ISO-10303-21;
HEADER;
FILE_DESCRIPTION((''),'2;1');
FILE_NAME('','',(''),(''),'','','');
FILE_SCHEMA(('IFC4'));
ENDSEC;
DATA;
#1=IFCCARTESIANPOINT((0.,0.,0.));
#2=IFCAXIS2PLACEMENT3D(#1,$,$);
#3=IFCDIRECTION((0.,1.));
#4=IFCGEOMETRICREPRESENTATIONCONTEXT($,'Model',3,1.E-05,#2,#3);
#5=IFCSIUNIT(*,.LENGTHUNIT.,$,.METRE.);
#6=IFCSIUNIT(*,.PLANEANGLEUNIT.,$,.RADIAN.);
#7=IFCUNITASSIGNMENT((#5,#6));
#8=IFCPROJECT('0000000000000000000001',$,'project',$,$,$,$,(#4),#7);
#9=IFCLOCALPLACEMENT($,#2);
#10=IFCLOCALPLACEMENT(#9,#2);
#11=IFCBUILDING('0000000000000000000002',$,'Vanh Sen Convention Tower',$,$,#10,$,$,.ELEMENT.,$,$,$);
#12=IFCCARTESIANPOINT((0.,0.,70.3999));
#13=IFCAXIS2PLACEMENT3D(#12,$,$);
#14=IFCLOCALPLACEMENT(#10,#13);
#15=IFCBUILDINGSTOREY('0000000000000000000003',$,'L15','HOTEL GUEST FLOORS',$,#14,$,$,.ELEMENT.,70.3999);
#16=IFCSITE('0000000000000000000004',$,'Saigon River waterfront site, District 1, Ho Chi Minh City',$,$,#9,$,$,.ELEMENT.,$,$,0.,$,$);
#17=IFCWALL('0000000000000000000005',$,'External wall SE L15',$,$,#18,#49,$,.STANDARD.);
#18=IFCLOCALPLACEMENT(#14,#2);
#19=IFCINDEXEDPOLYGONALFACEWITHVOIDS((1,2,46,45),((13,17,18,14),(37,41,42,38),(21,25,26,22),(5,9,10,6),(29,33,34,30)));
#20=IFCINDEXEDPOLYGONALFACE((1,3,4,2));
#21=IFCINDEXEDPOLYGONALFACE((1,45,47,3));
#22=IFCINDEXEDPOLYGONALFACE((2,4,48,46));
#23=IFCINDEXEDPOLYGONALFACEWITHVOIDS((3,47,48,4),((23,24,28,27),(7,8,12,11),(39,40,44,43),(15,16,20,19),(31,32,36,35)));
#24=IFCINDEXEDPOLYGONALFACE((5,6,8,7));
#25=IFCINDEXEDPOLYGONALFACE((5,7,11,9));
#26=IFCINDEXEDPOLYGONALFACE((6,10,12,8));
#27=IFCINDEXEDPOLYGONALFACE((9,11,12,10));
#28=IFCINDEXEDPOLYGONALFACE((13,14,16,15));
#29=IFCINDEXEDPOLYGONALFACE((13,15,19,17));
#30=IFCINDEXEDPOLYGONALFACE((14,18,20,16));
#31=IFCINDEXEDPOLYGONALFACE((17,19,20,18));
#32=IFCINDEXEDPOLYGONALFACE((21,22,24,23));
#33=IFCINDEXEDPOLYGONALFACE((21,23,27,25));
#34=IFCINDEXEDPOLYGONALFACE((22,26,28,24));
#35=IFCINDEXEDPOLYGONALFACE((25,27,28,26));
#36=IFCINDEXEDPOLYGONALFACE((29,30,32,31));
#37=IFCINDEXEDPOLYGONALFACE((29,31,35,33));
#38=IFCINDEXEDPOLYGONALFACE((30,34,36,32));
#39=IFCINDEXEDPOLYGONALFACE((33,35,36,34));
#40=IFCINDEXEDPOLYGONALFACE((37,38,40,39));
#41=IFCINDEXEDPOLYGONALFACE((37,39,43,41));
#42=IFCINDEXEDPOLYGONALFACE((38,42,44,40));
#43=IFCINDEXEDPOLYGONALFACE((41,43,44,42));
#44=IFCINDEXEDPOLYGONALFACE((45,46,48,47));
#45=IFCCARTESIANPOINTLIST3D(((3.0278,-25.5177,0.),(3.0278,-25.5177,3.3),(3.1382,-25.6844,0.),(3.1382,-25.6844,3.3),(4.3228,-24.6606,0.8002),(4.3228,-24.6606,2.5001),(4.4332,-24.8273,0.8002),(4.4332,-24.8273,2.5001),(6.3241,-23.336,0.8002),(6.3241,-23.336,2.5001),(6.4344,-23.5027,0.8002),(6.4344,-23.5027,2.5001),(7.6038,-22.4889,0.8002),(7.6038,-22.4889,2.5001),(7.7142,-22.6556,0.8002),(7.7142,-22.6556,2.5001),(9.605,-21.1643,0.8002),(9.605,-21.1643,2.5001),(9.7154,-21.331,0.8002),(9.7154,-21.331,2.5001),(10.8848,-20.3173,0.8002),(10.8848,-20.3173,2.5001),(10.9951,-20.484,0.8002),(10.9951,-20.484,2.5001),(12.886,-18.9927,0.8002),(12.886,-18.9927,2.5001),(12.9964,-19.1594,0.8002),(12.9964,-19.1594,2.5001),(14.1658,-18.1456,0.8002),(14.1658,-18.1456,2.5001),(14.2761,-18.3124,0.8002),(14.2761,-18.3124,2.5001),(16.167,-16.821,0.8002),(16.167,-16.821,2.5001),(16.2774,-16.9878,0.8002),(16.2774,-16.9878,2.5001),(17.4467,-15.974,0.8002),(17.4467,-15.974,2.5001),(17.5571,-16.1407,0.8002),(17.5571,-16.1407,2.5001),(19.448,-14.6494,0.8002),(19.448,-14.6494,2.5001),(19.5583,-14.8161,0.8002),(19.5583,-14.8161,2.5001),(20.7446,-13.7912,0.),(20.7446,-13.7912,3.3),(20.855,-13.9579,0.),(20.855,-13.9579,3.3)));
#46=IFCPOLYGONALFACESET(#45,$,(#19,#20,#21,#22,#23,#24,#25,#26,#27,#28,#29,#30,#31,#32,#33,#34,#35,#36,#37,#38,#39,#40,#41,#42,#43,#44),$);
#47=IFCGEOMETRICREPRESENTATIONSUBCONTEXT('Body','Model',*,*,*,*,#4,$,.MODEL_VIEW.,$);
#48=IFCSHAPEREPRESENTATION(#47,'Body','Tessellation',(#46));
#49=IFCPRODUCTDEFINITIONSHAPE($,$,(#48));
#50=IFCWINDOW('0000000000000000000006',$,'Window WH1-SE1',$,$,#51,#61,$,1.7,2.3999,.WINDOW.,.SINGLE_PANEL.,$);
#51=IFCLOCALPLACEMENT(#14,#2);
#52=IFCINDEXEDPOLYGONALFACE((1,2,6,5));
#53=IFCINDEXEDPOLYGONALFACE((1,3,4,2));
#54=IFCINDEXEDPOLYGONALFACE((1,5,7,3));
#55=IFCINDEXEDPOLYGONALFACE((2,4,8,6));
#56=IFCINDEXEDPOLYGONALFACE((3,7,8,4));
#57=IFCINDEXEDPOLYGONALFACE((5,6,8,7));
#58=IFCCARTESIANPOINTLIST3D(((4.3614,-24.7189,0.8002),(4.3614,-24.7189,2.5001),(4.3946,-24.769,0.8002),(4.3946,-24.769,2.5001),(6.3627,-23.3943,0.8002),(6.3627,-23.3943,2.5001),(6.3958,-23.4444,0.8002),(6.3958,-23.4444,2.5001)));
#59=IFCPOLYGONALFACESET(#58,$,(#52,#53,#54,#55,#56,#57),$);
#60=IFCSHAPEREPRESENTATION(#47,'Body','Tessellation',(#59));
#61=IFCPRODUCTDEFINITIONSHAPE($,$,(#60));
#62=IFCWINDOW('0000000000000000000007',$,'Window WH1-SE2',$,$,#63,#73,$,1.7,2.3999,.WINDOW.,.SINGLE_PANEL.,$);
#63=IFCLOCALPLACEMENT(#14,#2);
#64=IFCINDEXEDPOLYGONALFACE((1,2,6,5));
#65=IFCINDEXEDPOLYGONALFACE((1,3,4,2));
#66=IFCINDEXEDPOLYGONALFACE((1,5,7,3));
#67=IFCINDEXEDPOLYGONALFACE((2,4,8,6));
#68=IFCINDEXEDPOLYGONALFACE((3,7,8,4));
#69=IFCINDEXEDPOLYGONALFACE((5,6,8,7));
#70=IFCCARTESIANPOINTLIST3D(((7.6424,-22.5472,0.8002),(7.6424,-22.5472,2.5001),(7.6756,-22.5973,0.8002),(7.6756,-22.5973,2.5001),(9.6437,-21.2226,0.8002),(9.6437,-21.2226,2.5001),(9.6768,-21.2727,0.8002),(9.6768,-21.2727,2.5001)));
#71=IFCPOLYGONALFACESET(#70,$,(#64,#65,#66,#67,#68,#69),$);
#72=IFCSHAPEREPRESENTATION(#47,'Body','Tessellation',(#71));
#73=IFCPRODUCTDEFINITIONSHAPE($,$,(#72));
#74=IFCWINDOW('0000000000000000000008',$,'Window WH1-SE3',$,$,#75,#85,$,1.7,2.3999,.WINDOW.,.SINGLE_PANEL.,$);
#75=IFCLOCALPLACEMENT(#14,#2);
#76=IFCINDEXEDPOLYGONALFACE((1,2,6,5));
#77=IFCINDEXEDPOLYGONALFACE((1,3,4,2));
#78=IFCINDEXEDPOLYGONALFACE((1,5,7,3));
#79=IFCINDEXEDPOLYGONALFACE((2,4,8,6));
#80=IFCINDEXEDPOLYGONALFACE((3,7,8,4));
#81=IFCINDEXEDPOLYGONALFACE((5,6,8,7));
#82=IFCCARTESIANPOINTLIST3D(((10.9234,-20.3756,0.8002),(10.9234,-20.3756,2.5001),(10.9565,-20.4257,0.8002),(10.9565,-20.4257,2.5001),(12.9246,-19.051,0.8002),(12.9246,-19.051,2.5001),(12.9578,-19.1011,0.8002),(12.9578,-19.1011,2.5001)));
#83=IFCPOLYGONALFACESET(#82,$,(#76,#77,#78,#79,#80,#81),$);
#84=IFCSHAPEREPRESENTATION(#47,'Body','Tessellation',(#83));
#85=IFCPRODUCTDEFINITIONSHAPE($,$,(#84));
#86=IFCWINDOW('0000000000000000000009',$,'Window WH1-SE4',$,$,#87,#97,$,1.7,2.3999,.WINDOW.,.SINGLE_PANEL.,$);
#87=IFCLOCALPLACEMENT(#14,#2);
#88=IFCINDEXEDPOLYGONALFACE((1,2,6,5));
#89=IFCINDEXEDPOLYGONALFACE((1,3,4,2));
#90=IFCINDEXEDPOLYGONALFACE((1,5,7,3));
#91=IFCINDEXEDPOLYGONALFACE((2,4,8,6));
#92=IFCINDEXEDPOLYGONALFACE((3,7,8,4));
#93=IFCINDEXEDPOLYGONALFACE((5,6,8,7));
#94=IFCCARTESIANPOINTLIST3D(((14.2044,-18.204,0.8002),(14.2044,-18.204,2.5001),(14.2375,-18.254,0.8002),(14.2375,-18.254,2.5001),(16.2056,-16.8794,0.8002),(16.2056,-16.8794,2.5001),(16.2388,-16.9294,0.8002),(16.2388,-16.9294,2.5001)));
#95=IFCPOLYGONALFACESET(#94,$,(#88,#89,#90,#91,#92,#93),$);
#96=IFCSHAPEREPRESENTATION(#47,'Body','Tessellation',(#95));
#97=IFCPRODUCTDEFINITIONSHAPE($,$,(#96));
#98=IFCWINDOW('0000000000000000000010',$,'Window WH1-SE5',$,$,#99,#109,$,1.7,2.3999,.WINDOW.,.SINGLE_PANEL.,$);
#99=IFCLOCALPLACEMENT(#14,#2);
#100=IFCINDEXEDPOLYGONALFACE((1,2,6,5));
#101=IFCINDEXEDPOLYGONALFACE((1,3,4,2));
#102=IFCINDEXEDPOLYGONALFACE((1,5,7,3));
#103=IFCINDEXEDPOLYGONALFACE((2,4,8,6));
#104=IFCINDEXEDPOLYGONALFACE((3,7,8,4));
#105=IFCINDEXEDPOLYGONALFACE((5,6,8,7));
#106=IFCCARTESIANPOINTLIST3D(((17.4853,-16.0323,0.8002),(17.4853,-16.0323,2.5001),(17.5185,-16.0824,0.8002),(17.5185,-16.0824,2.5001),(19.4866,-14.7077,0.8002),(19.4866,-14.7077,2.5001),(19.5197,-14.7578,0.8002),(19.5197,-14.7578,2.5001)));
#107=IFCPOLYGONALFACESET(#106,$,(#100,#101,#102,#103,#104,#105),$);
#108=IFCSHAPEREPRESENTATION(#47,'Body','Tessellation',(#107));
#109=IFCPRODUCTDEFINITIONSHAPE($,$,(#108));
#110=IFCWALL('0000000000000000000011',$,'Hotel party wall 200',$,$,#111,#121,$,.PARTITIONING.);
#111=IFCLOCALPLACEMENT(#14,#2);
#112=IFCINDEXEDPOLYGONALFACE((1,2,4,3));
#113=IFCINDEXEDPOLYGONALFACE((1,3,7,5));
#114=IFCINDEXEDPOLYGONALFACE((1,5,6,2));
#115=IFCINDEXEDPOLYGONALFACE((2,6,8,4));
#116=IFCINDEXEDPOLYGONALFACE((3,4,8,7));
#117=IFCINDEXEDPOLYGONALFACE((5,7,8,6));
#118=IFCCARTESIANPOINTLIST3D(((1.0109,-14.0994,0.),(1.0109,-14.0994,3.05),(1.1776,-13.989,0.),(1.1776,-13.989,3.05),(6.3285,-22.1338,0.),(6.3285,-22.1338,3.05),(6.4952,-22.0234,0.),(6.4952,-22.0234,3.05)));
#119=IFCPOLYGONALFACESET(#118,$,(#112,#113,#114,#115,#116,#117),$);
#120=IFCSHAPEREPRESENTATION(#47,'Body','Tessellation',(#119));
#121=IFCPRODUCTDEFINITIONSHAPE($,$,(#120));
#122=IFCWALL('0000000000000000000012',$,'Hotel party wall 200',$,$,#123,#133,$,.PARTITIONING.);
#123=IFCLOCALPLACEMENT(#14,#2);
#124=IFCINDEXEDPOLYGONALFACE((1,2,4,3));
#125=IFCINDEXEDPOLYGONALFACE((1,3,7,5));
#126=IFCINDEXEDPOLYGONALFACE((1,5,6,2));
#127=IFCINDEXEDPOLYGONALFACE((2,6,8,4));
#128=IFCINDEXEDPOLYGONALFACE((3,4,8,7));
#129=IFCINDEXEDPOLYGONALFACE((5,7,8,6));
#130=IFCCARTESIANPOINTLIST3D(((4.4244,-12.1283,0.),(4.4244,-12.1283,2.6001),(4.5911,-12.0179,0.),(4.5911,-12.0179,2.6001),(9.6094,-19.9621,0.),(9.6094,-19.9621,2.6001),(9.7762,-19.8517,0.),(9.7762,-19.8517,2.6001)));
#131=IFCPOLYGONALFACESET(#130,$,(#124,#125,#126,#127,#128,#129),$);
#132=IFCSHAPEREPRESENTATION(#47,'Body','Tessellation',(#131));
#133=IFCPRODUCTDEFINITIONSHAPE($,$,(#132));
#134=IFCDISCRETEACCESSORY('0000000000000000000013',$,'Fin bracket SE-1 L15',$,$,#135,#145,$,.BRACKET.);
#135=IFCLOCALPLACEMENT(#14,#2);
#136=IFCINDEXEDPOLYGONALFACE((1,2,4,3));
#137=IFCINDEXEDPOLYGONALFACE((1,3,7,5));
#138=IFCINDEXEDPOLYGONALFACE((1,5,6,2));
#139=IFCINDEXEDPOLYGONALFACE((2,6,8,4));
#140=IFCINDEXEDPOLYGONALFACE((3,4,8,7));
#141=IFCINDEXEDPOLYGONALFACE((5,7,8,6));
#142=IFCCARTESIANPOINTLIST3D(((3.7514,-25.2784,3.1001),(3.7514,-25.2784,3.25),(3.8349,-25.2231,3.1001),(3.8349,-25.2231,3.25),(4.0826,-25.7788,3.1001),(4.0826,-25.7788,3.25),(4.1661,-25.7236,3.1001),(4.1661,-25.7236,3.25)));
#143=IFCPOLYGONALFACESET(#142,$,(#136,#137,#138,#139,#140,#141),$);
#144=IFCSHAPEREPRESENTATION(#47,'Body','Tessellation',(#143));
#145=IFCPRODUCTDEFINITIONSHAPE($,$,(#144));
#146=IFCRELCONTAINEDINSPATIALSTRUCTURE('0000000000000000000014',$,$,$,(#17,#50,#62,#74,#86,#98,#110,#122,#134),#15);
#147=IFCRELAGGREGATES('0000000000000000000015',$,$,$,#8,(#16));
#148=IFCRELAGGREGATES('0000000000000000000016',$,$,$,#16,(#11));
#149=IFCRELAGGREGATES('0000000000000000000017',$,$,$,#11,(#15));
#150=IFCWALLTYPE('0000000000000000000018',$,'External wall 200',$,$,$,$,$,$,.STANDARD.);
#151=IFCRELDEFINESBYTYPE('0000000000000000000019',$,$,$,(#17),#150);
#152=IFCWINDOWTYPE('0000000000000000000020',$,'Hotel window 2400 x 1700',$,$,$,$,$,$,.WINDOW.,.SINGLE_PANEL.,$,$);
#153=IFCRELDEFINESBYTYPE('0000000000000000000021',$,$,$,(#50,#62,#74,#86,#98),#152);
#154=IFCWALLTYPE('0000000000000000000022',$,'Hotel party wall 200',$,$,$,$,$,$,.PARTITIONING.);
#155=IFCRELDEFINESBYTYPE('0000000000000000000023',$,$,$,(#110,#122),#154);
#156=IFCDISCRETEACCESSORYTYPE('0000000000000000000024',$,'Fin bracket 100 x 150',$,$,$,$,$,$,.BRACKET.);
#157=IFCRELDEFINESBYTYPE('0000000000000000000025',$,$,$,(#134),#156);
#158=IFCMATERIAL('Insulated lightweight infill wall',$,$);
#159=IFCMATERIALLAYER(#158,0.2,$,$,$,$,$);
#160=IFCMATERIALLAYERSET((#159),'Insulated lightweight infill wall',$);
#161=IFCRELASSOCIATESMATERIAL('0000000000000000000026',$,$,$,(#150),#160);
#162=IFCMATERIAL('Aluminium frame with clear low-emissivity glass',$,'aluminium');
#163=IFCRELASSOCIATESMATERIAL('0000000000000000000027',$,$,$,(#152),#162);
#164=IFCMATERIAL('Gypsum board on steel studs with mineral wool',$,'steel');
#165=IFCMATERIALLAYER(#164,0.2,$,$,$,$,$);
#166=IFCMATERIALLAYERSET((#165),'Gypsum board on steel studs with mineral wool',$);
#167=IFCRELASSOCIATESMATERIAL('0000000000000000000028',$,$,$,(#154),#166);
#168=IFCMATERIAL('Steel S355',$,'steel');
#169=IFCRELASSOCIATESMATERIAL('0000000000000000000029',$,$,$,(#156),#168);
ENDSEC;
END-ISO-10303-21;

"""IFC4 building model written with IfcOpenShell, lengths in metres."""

from ifc_helpers import new_model, si_unit, direction, frame, frame_2d, origin, origin_2d, place, context, subcontext, project, spatial, rectangle, extrude, material, layer, layer_set, type_object, element, fill, save


model = new_model("IFC4")

# Units and contexts
model_context = context("Model", 3, precision=1e-05, world=origin(), true_north=direction((0.0, 1.0)))
body_context = subcontext(model_context, "Body", "Model", "MODEL_VIEW")
ifc_project = project(units=[si_unit("LENGTHUNIT", "METRE"), si_unit("PLANEANGLEUNIT", "RADIAN")], contexts=[model_context])

# Site, building, storey
site_placement = place(None, origin())
site = spatial("IfcSite", under=ifc_project, at=site_placement, Name="Saigon River waterfront site, District 1, Ho Chi Minh City", CompositionType="ELEMENT", RefElevation=0.0)
building_placement = place(site_placement, origin())
building = spatial("IfcBuilding", under=site, at=building_placement, Name="Vanh Sen Convention Tower", CompositionType="ELEMENT")
storey_placement = place(building_placement, frame((0.0, 0.0, 70.3999)))
storey = spatial("IfcBuildingStorey", under=building, at=storey_placement, Name="L15", Description="HOTEL GUEST FLOORS", CompositionType="ELEMENT", Elevation=70.3999)

# Shared definitions
ifc_material_1 = material(Name="Gypsum board on steel studs with mineral wool", Category="steel")

# Wall, openings, windows
ifc_material_2 = material(Name="Insulated lightweight infill wall")
ifc_layer_1 = layer(ifc_material_2, 0.2)
ifc_layer_set_1 = layer_set([ifc_layer_1], Name="Insulated lightweight infill wall")
wall_type_1 = type_object("IfcWallType", Name="External wall 200", PredefinedType="STANDARD", material=ifc_layer_set_1)
wall_1_placement = place(storey_placement, frame((3.083, -25.6011, 0.0), z_axis=(0.0, 0.0, 1.0), x_axis=(0.833884, 0.551939, 0.0)))
wall_1 = element("IfcWall", 1, at=wall_1_placement, inside=storey, type_object=wall_type_1, Name="External wall SE L15", PredefinedType="STANDARD", context=body_context, shape_type="SweptSolid", body=[
    extrude(rectangle(XDim=21.2461, YDim=0.2, at=frame_2d((10.623, 0.0))), origin(), (0.0, 0.0, 1.0), 3.3),
])
opening_1_placement = place(wall_1_placement, frame((1.553, 0.0, 0.8)))
opening_1 = element("IfcOpeningElement", 2, at=opening_1_placement, cuts=wall_1, PredefinedType="OPENING", context=body_context, shape_type="SweptSolid", body=[
    extrude(rectangle(XDim=2.3999, YDim=1.7, at=frame_2d((1.2, 0.8501))), frame((0.0, 0.1099, 0.0), z_axis=(0.0, -1.0, 0.0), x_axis=(1.0, 0.0, 0.0)), (0.0, 0.0, 1.0), 0.22),
])
opening_2_placement = place(wall_1_placement, frame((5.4875, 0.0, 0.8)))
opening_2 = element("IfcOpeningElement", 3, at=opening_2_placement, cuts=wall_1, PredefinedType="OPENING", context=body_context, shape_type="SweptSolid", body=[
    extrude(rectangle(XDim=2.3999, YDim=1.7, at=frame_2d((1.2, 0.8501))), frame((0.0, 0.1099, 0.0), z_axis=(0.0, -1.0, 0.0), x_axis=(1.0, 0.0, 0.0)), (0.0, 0.0, 1.0), 0.22),
])
opening_3_placement = place(wall_1_placement, frame((9.4221, 0.0, 0.8)))
opening_3 = element("IfcOpeningElement", 4, at=opening_3_placement, cuts=wall_1, PredefinedType="OPENING", context=body_context, shape_type="SweptSolid", body=[
    extrude(rectangle(XDim=2.3999, YDim=1.7, at=frame_2d((1.2, 0.8501))), frame((0.0, 0.1099, 0.0), z_axis=(0.0, -1.0, 0.0), x_axis=(1.0, 0.0, 0.0)), (0.0, 0.0, 1.0), 0.22),
])
opening_4_placement = place(wall_1_placement, frame((13.3567, 0.0, 0.8)))
opening_4 = element("IfcOpeningElement", 5, at=opening_4_placement, cuts=wall_1, PredefinedType="OPENING", context=body_context, shape_type="SweptSolid", body=[
    extrude(rectangle(XDim=2.3999, YDim=1.7, at=frame_2d((1.2, 0.8501))), frame((0.0, 0.1099, 0.0), z_axis=(0.0, -1.0, 0.0), x_axis=(1.0, 0.0, 0.0)), (0.0, 0.0, 1.0), 0.22),
])
opening_5_placement = place(wall_1_placement, frame((17.2913, 0.0, 0.8)))
opening_5 = element("IfcOpeningElement", 6, at=opening_5_placement, cuts=wall_1, PredefinedType="OPENING", context=body_context, shape_type="SweptSolid", body=[
    extrude(rectangle(XDim=2.3999, YDim=1.7, at=frame_2d((1.2, 0.8501))), frame((0.0, 0.1099, 0.0), z_axis=(0.0, -1.0, 0.0), x_axis=(1.0, 0.0, 0.0)), (0.0, 0.0, 1.0), 0.22),
])
ifc_material_3 = material(Name="Aluminium frame with clear low-emissivity glass", Category="aluminium")
window_type = type_object("IfcWindowType", Name="Hotel window 2400 x 1700", PartitioningType="SINGLE_PANEL", PredefinedType="WINDOW", material=ifc_material_3)
window_1_placement = place(opening_1_placement, origin())
window_1 = element("IfcWindow", 7, at=window_1_placement, inside=storey, type_object=window_type, Name="Window WH1-SE1", OverallHeight=1.7, OverallWidth=2.3999, PartitioningType="SINGLE_PANEL", PredefinedType="WINDOW", context=body_context, shape_type="SweptSolid", body=[
    extrude(rectangle(XDim=2.3999, YDim=1.7, at=frame_2d((1.2, 0.8501))), frame((0.0, 0.03, 0.0), z_axis=(0.0, -1.0, 0.0), x_axis=(1.0, 0.0, 0.0)), (0.0, 0.0, 1.0), 0.0601),
])
fill(opening_1, window_1)
window_2_placement = place(opening_2_placement, origin())
window_2 = element("IfcWindow", 8, at=window_2_placement, inside=storey, type_object=window_type, Name="Window WH1-SE2", OverallHeight=1.7, OverallWidth=2.3999, PartitioningType="SINGLE_PANEL", PredefinedType="WINDOW", context=body_context, shape_type="SweptSolid", body=[
    extrude(rectangle(XDim=2.3999, YDim=1.7, at=frame_2d((1.2, 0.8501))), frame((0.0, 0.03, 0.0), z_axis=(0.0, -1.0, 0.0), x_axis=(1.0, 0.0, 0.0)), (0.0, 0.0, 1.0), 0.0601),
])
fill(opening_2, window_2)
window_3_placement = place(opening_3_placement, origin())
window_3 = element("IfcWindow", 9, at=window_3_placement, inside=storey, type_object=window_type, Name="Window WH1-SE3", OverallHeight=1.7, OverallWidth=2.3999, PartitioningType="SINGLE_PANEL", PredefinedType="WINDOW", context=body_context, shape_type="SweptSolid", body=[
    extrude(rectangle(XDim=2.3999, YDim=1.7, at=frame_2d((1.2, 0.8501))), frame((0.0, 0.03, 0.0), z_axis=(0.0, -1.0, 0.0), x_axis=(1.0, 0.0, 0.0)), (0.0, 0.0, 1.0), 0.0601),
])
fill(opening_3, window_3)
window_4_placement = place(opening_4_placement, origin())
window_4 = element("IfcWindow", 10, at=window_4_placement, inside=storey, type_object=window_type, Name="Window WH1-SE4", OverallHeight=1.7, OverallWidth=2.3999, PartitioningType="SINGLE_PANEL", PredefinedType="WINDOW", context=body_context, shape_type="SweptSolid", body=[
    extrude(rectangle(XDim=2.3999, YDim=1.7, at=frame_2d((1.2, 0.8501))), frame((0.0, 0.03, 0.0), z_axis=(0.0, -1.0, 0.0), x_axis=(1.0, 0.0, 0.0)), (0.0, 0.0, 1.0), 0.0601),
])
fill(opening_4, window_4)
window_5_placement = place(opening_5_placement, origin())
window_5 = element("IfcWindow", 11, at=window_5_placement, inside=storey, type_object=window_type, Name="Window WH1-SE5", OverallHeight=1.7, OverallWidth=2.3999, PartitioningType="SINGLE_PANEL", PredefinedType="WINDOW", context=body_context, shape_type="SweptSolid", body=[
    extrude(rectangle(XDim=2.3999, YDim=1.7, at=frame_2d((1.2, 0.8501))), frame((0.0, 0.03, 0.0), z_axis=(0.0, -1.0, 0.0), x_axis=(1.0, 0.0, 0.0)), (0.0, 0.0, 1.0), 0.0601),
])
fill(opening_5, window_5)

# Walls
ifc_layer_2 = layer(ifc_material_1, 0.2)
ifc_layer_set_2 = layer_set([ifc_layer_2], Name="Gypsum board on steel studs with mineral wool")
wall_type_2 = type_object("IfcWallType", Name="Hotel party wall 200", PredefinedType="PARTITIONING", material=ifc_layer_set_2)
wall_2_placement = place(storey_placement, frame((6.4119, -22.0786, 0.0), z_axis=(0.0, 0.0, 1.0), x_axis=(-0.55192, 0.833897, 0.0)))
element("IfcWall", 12, at=wall_2_placement, inside=storey, type_object=wall_type_2, Name="Hotel party wall 200", PredefinedType="PARTITIONING", context=body_context, shape_type="SweptSolid", body=[
    extrude(rectangle(XDim=9.6348, YDim=0.2, at=frame_2d((4.8174, 0.0))), origin(), (0.0, 0.0, 1.0), 3.05),
])
wall_3_placement = place(storey_placement, frame((9.6929, -19.907, 0.0), z_axis=(0.0, 0.0, 1.0), x_axis=(-0.551938, 0.833885, 0.0)))
element("IfcWall", 13, at=wall_3_placement, inside=storey, type_object=wall_type_2, Name="Hotel party wall 200", PredefinedType="PARTITIONING", context=body_context, shape_type="SweptSolid", body=[
    extrude(rectangle(XDim=9.3943, YDim=0.2, at=frame_2d((4.6973, 0.0))), origin(), (0.0, 0.0, 1.0), 2.6001),
])

# Discrete accessory
ifc_material_4 = material(Name="Steel S355", Category="steel")
discrete_accessory_type = type_object("IfcDiscreteAccessoryType", Name="Fin bracket 100 x 150", PredefinedType="BRACKET", material=ifc_material_4)
discrete_accessory_placement = place(storey_placement, frame((3.9587, -25.501, 3.1001), z_axis=(0.0, 0.0, 1.0), x_axis=(0.551937, -0.833886, 0.0)))
element("IfcDiscreteAccessory", 14, at=discrete_accessory_placement, inside=storey, type_object=discrete_accessory_type, Name="Fin bracket SE-1 L15", PredefinedType="BRACKET", context=body_context, shape_type="SweptSolid", body=[
    extrude(rectangle(XDim=0.6001, YDim=0.1001, at=origin_2d()), origin(), (0.0, 0.0, 1.0), 0.1499),
])

save(model, "model.ifc")
